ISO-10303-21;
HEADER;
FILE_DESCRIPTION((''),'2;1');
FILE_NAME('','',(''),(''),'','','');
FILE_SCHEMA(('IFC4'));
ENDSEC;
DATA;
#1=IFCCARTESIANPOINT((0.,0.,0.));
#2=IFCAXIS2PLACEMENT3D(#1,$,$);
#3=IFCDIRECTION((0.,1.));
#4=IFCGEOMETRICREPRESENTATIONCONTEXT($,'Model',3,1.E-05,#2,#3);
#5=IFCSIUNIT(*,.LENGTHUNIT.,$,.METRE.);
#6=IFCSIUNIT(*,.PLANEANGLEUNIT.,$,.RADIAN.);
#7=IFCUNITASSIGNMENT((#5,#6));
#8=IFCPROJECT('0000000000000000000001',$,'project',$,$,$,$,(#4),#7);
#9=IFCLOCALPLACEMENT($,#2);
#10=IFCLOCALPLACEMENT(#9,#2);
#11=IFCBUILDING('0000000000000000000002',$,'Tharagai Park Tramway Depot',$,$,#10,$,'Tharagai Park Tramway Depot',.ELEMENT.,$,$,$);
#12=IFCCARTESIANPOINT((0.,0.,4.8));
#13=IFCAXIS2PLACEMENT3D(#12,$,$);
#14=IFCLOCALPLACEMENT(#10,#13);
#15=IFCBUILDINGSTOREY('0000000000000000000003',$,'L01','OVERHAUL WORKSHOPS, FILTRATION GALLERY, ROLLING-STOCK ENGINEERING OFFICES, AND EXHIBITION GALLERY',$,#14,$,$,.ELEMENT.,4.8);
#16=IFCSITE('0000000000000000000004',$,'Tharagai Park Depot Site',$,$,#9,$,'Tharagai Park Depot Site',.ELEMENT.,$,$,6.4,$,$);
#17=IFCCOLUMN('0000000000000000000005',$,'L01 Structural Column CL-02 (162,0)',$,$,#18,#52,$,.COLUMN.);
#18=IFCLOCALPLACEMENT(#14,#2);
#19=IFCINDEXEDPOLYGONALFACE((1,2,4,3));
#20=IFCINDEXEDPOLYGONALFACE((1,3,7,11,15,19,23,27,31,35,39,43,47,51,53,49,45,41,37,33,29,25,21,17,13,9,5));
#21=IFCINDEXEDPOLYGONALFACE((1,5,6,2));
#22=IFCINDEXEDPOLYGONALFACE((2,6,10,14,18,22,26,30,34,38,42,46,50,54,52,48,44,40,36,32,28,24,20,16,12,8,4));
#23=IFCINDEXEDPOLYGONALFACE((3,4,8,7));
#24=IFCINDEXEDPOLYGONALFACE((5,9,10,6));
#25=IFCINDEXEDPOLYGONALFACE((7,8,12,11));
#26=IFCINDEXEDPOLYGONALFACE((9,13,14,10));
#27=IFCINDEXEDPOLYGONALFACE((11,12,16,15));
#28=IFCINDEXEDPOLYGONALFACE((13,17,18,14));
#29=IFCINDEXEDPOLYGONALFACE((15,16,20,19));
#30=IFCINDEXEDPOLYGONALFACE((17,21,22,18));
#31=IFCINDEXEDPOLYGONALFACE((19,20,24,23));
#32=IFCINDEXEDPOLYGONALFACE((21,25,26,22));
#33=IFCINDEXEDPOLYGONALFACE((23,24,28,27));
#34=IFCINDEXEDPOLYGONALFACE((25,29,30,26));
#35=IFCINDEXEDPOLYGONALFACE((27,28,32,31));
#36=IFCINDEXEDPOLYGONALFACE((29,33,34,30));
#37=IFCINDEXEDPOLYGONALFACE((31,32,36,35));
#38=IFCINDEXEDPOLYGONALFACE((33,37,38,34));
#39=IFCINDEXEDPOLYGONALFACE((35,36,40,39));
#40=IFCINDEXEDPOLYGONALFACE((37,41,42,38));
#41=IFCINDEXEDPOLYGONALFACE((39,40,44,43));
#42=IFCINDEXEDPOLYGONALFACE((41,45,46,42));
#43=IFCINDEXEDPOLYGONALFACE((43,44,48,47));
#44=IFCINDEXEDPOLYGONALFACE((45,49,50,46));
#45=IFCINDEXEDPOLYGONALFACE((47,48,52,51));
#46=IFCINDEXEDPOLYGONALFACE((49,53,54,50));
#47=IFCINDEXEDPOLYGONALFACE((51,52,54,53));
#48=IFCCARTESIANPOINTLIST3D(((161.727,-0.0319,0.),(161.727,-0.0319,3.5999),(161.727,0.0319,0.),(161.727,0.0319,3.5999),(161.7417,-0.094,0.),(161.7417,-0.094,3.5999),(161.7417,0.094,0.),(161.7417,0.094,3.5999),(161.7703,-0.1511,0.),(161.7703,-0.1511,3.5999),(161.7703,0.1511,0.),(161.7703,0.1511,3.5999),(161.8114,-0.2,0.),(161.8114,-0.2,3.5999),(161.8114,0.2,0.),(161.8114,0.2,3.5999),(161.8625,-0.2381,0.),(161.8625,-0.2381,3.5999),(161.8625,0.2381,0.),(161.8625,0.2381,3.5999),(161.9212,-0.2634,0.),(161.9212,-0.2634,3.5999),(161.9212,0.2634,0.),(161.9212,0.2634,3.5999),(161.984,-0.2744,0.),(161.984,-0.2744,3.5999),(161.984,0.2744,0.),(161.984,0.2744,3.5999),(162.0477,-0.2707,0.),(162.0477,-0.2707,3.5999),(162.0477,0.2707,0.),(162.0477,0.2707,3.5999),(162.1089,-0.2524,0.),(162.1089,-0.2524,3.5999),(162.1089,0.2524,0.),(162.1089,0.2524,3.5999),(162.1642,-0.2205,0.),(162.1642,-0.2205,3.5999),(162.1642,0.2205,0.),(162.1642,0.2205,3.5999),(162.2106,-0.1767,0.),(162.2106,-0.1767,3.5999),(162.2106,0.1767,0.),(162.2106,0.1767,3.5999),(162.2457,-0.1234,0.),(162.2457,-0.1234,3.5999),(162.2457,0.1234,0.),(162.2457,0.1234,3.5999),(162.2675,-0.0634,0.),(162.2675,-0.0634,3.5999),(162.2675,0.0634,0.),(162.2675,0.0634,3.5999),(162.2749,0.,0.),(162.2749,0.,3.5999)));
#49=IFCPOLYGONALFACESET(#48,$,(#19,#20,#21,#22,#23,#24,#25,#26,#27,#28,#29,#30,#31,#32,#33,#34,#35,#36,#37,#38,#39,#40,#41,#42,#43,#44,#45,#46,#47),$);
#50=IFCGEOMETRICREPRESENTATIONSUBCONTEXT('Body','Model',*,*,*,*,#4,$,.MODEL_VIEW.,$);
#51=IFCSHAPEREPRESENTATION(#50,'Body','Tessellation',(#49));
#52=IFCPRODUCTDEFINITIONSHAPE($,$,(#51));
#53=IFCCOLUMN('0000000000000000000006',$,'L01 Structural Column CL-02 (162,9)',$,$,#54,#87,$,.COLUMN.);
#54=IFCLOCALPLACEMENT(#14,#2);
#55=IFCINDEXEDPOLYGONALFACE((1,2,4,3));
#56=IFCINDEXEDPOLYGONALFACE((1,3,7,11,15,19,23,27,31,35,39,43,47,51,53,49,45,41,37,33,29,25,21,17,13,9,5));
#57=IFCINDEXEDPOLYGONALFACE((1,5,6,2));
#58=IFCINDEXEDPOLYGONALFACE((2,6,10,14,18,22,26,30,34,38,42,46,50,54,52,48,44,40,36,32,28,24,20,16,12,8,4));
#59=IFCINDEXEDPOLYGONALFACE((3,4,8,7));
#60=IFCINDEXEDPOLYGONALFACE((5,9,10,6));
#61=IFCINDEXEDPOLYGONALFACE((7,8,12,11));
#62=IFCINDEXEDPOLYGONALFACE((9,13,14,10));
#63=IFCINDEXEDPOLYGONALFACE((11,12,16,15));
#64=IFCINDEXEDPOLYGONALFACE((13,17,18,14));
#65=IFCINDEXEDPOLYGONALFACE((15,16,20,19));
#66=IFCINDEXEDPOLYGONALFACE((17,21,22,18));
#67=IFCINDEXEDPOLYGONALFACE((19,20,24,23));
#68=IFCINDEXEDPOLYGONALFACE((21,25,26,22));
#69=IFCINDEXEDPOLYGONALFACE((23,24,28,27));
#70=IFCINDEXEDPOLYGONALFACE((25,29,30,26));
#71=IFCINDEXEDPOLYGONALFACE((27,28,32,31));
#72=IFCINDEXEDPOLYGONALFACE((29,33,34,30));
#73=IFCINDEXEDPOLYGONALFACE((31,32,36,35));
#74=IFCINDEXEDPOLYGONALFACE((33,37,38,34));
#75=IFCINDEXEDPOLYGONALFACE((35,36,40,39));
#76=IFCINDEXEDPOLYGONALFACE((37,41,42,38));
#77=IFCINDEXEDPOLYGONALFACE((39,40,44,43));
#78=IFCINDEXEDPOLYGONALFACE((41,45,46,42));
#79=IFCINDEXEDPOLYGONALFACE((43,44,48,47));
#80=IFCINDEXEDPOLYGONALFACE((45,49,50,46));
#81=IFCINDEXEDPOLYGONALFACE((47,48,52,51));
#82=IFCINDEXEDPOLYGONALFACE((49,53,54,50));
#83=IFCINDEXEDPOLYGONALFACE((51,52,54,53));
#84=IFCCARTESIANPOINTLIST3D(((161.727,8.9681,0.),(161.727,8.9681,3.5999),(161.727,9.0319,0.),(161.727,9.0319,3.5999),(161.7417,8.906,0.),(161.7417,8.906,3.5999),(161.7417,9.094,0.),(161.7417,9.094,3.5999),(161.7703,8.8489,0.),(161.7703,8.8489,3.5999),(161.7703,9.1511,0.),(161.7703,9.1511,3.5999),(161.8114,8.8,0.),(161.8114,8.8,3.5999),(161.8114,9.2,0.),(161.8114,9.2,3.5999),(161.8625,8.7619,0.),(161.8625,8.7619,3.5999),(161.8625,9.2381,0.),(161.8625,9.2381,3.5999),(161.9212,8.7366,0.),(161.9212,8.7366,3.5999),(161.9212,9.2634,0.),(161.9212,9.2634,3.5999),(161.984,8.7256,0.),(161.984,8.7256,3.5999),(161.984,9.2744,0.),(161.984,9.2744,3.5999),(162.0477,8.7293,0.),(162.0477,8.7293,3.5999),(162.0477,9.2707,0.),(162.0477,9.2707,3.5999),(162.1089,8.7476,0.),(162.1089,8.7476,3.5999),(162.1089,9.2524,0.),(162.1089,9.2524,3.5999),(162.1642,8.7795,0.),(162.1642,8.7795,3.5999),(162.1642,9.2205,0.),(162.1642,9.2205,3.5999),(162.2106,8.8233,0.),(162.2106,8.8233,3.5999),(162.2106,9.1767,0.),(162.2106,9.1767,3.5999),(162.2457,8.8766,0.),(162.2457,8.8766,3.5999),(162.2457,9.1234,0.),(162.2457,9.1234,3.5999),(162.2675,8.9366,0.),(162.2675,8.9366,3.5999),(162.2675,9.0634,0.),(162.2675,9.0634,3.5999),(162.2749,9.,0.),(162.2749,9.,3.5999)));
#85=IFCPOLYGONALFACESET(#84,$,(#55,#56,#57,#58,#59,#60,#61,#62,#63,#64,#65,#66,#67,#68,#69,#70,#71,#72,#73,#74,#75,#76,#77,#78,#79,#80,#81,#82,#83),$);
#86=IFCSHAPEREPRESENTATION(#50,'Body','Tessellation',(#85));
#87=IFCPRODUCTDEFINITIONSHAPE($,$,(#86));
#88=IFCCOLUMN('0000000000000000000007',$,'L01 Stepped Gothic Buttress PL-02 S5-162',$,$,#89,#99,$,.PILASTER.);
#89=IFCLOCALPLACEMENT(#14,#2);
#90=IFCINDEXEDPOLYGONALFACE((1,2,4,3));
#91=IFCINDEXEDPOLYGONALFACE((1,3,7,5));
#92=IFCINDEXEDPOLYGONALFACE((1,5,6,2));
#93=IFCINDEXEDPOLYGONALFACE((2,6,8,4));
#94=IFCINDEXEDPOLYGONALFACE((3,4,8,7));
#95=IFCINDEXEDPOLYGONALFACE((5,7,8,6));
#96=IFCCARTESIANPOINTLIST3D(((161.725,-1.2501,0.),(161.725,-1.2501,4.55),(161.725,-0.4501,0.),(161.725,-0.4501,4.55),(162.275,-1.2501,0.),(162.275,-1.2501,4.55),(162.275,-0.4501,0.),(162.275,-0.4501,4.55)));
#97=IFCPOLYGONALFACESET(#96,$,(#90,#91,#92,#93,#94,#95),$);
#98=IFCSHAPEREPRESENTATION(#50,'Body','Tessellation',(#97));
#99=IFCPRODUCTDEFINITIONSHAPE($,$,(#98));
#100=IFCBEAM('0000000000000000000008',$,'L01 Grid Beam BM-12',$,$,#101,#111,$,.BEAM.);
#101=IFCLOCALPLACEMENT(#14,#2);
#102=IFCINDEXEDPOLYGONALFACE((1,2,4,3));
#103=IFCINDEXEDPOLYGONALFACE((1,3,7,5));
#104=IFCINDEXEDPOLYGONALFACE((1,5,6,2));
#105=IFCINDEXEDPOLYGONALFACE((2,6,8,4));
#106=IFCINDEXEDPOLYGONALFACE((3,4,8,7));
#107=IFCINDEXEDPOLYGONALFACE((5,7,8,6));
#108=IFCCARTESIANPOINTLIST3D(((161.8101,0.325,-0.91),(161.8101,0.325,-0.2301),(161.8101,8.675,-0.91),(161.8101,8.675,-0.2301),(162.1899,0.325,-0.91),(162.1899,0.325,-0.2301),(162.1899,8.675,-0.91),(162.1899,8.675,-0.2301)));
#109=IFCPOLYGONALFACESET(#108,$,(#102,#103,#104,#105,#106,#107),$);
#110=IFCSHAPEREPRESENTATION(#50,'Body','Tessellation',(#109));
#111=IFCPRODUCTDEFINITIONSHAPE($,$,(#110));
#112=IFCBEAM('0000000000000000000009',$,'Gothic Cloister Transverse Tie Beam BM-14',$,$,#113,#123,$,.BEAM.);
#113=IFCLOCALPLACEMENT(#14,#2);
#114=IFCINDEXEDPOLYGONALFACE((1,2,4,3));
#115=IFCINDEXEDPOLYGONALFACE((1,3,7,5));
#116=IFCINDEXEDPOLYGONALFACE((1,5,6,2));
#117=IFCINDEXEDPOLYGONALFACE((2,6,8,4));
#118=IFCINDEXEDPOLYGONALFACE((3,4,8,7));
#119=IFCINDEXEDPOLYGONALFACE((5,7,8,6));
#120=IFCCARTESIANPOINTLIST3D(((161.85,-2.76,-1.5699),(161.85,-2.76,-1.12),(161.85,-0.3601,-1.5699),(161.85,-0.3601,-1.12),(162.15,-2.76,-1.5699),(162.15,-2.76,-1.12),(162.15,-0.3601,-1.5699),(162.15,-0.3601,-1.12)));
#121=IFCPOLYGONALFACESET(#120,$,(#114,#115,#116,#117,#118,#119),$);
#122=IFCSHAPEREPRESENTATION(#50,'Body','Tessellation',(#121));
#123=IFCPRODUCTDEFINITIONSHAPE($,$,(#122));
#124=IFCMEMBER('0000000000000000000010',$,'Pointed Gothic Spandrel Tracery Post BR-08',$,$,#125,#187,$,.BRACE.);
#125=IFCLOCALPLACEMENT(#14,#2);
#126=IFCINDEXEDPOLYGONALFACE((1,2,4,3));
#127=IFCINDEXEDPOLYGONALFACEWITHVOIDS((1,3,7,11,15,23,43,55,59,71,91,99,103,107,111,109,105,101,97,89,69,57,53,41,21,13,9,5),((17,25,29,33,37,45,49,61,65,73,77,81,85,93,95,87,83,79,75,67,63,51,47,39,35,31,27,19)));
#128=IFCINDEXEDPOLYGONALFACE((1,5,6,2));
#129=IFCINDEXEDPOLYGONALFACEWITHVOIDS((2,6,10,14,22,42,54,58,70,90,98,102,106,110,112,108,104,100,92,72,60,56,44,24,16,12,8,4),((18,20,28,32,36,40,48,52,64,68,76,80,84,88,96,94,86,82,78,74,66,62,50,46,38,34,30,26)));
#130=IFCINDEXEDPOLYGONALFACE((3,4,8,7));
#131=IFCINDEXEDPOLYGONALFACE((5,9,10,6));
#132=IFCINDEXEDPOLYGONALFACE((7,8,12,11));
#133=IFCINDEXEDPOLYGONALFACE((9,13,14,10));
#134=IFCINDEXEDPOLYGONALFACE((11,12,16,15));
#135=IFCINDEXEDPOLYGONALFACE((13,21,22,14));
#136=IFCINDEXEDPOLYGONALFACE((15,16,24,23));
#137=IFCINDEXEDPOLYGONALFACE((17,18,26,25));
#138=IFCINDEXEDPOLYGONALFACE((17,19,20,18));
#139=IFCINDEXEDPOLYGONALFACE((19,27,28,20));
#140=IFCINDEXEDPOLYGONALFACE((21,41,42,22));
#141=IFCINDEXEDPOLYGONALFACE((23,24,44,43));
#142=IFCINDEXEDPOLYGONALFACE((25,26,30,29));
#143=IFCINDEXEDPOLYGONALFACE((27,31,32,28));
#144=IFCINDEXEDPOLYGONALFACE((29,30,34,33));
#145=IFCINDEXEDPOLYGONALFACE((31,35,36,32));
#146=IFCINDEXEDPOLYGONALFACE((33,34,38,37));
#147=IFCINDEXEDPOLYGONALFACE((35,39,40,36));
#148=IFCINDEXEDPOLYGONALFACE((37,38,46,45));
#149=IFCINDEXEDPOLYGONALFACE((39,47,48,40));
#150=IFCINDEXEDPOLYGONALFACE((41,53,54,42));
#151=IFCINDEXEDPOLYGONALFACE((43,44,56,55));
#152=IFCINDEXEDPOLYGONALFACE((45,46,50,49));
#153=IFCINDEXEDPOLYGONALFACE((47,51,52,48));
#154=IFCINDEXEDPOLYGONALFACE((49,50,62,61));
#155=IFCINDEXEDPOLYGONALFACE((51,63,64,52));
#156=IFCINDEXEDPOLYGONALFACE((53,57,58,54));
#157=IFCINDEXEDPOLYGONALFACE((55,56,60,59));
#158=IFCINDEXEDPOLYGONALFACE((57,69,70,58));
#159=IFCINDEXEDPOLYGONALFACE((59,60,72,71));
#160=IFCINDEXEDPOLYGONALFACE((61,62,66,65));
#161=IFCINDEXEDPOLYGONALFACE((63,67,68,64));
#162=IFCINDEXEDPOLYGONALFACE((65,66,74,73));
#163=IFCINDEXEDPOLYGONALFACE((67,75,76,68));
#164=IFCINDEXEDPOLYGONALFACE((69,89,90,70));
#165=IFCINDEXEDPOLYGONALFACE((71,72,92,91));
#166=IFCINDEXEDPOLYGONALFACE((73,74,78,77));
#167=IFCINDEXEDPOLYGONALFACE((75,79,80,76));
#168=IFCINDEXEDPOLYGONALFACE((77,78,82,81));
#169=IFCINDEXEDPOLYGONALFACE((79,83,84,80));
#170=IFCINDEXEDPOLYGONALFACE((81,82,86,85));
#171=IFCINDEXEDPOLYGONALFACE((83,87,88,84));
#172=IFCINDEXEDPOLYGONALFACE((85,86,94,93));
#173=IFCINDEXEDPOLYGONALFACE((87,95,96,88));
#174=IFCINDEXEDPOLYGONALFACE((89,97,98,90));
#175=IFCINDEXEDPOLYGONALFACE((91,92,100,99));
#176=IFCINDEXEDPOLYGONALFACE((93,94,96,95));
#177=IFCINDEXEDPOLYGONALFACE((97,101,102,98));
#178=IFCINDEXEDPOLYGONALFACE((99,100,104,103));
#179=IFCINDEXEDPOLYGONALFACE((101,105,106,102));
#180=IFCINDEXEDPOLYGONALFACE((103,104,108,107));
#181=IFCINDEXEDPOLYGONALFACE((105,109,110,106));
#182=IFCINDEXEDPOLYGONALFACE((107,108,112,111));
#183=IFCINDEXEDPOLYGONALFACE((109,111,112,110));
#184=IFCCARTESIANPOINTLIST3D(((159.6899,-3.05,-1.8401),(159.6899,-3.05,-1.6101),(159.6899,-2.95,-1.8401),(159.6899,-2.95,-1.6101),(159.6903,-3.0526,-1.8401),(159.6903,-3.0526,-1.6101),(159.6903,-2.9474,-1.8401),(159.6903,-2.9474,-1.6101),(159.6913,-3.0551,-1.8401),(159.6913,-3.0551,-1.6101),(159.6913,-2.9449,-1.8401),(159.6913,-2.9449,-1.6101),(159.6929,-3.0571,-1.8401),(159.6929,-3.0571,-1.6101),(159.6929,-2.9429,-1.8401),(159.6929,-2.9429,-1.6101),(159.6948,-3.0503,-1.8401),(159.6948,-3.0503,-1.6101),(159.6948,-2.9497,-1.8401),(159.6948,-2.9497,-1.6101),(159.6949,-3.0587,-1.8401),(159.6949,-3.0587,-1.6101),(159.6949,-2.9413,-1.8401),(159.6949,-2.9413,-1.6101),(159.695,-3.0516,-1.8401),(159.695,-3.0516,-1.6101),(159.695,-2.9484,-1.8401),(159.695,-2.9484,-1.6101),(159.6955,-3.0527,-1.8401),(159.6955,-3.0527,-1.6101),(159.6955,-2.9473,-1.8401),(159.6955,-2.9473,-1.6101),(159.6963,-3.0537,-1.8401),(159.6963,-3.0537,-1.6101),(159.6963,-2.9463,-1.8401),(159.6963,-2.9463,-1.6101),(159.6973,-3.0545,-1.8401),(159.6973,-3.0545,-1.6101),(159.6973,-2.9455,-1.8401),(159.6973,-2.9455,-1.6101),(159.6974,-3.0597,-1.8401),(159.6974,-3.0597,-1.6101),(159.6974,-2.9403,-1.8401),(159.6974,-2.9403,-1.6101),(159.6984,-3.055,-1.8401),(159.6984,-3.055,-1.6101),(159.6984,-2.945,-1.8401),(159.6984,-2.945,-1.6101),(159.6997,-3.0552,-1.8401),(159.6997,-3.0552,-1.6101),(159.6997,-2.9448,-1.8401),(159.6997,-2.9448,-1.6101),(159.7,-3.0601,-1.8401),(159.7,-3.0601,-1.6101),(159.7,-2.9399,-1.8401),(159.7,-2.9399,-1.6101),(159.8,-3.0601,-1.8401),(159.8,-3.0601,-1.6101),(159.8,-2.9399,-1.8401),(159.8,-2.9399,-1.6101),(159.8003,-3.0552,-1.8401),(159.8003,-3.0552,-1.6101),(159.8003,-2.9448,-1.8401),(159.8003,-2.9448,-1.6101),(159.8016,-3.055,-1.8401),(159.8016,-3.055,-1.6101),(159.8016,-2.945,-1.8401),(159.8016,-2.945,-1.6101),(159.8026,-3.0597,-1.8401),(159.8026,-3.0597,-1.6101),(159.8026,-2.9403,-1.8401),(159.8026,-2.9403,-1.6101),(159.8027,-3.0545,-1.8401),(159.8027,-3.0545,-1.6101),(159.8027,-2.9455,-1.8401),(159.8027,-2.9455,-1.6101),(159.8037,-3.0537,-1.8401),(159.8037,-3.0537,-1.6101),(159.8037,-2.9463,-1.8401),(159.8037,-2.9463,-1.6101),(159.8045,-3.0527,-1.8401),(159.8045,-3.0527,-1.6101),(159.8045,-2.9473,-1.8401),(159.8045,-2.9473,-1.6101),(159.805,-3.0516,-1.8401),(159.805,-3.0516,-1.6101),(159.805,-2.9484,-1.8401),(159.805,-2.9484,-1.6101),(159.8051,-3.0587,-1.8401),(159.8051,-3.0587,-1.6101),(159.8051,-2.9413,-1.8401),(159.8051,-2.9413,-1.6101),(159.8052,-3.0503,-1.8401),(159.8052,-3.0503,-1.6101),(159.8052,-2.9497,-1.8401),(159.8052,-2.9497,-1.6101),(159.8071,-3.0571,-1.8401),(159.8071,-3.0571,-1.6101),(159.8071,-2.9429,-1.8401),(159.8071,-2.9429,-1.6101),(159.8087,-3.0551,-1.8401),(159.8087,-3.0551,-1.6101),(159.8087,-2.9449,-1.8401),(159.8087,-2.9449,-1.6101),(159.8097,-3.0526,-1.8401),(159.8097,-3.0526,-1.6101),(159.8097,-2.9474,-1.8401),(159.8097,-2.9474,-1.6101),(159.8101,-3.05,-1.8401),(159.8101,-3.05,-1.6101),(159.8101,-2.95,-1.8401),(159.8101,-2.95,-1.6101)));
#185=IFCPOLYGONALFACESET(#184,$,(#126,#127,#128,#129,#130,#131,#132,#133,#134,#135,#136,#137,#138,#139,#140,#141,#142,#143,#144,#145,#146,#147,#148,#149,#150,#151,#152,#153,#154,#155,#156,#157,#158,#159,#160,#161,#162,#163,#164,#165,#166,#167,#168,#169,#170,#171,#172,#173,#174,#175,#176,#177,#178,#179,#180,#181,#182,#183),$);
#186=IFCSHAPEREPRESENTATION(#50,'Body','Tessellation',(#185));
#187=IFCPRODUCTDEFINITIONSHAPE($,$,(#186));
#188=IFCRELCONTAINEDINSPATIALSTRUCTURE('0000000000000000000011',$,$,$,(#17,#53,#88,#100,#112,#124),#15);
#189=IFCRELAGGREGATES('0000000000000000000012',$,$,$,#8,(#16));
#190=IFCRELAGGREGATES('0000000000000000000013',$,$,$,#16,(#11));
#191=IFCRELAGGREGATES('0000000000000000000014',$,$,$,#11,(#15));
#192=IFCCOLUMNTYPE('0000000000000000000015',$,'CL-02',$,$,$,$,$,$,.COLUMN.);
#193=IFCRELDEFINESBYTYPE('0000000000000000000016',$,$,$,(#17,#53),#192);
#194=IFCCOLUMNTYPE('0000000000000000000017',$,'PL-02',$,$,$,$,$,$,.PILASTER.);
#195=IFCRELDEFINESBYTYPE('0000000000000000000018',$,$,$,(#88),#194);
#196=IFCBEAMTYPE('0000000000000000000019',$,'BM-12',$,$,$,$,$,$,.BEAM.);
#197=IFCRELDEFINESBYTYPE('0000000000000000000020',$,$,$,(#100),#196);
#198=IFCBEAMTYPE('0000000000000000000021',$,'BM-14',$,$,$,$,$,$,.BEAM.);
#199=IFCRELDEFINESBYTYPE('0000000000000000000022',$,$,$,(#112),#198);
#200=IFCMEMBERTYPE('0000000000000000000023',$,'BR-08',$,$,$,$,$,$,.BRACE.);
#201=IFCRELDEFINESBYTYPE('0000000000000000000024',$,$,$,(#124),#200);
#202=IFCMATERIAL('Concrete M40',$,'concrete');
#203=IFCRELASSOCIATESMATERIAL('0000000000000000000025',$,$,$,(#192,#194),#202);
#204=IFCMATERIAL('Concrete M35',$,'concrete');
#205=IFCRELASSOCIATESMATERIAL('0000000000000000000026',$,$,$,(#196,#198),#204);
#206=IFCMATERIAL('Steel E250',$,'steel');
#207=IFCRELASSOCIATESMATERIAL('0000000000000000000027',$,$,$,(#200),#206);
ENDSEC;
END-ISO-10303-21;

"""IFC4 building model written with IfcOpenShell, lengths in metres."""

from ifc_helpers import new_model, si_unit, direction, frame, origin, origin_2d, place, context, subcontext, project, spatial, rectangle, hollow_rectangle, circle, extrude, material, material_profile, profile_set, type_object, element, save


model = new_model("IFC4")

# Units and contexts
model_context = context("Model", 3, precision=1e-05, world=origin(), true_north=direction((0.0, 1.0)))
body_context = subcontext(model_context, "Body", "Model", "MODEL_VIEW")
ifc_project = project(units=[si_unit("LENGTHUNIT", "METRE"), si_unit("PLANEANGLEUNIT", "RADIAN")], contexts=[model_context])

# Site, building, storey
site_placement = place(None, origin())
site = spatial("IfcSite", under=ifc_project, at=site_placement, Name="Tharagai Park Depot Site", LongName="Tharagai Park Depot Site", CompositionType="ELEMENT", RefElevation=6.4)
building_placement = place(site_placement, origin())
building = spatial("IfcBuilding", under=site, at=building_placement, Name="Tharagai Park Tramway Depot", LongName="Tharagai Park Tramway Depot", CompositionType="ELEMENT")
storey_placement = place(building_placement, frame((0.0, 0.0, 4.8)))
storey = spatial("IfcBuildingStorey", under=building, at=storey_placement, Name="L01", Description="OVERHAUL WORKSHOPS, FILTRATION GALLERY, ROLLING-STOCK ENGINEERING OFFICES, AND EXHIBITION GALLERY", CompositionType="ELEMENT", Elevation=4.8)

# Columns
ifc_material_1 = material(Name="Concrete M40", Category="concrete")
ifc_material_profile_1 = material_profile(ifc_material_1, circle(Radius=0.2749, at=origin_2d()), Name="RC D550")
ifc_profile_set_1 = profile_set([ifc_material_profile_1], Name="Concrete M40")
column_type_1 = type_object("IfcColumnType", Name="CL-02", PredefinedType="COLUMN", material=ifc_profile_set_1)
for number, where, z_axis, x_axis, name in (
    (1, (162.0, 0.0, 0.0), (0.0, 0.0, 1.0), (1.0, 0.0, 0.0), "L01 Structural Column CL-02 (162,0)"),
    (2, (162.0, 9.0, 0.0), (0.0, 0.0, 1.0), (1.0, 0.0, 0.0), "L01 Structural Column CL-02 (162,9)"),
):
    element("IfcColumn", number, at=place(storey_placement, frame(where, z_axis=z_axis, x_axis=x_axis)), inside=storey, type_object=column_type_1, Name=name, PredefinedType="COLUMN", context=body_context, shape_type="SweptSolid", body=[
        extrude(circle(Radius=0.2749, at=origin_2d()), origin(), (0.0, 0.0, 1.0), 3.5999),
    ])
ifc_material_profile_2 = material_profile(ifc_material_1, rectangle(XDim=0.55, YDim=0.8, at=origin_2d()), Name="RC 550x800")
ifc_profile_set_2 = profile_set([ifc_material_profile_2], Name="Concrete M40")
column_type_2 = type_object("IfcColumnType", Name="PL-02", PredefinedType="PILASTER", material=ifc_profile_set_2)
column_placement = place(storey_placement, frame((162.0, -0.8501, 0.0), z_axis=(0.0, 0.0, 1.0), x_axis=(1.0, 0.0, 0.0)))
element("IfcColumn", 3, at=column_placement, inside=storey, type_object=column_type_2, Name="L01 Stepped Gothic Buttress PL-02 S5-162", PredefinedType="PILASTER", context=body_context, shape_type="SweptSolid", body=[
    extrude(rectangle(XDim=0.55, YDim=0.8, at=origin_2d()), origin(), (0.0, 0.0, 1.0), 4.55),
])

# Beams
ifc_material_2 = material(Name="Concrete M35", Category="concrete")
ifc_material_profile_3 = material_profile(ifc_material_2, rectangle(XDim=0.3799, YDim=0.6799, at=origin_2d()), Name="RC 380x680")
ifc_profile_set_3 = profile_set([ifc_material_profile_3], Name="Concrete M35")
beam_type_1 = type_object("IfcBeamType", Name="BM-12", PredefinedType="BEAM", material=ifc_profile_set_3)
beam_1_placement = place(storey_placement, frame((162.0, 0.325, -0.5701), z_axis=(0.0, 1.0, 0.0), x_axis=(-1.0, 0.0, 0.0)))
element("IfcBeam", 4, at=beam_1_placement, inside=storey, type_object=beam_type_1, Name="L01 Grid Beam BM-12", PredefinedType="BEAM", context=body_context, shape_type="SweptSolid", body=[
    extrude(rectangle(XDim=0.3799, YDim=0.6799, at=origin_2d()), origin(), (0.0, 0.0, 1.0), 8.3501),
])
ifc_material_profile_4 = material_profile(ifc_material_2, rectangle(XDim=0.3, YDim=0.45, at=origin_2d()), Name="RC 300x450")
ifc_profile_set_4 = profile_set([ifc_material_profile_4], Name="Concrete M35")
beam_type_2 = type_object("IfcBeamType", Name="BM-14", PredefinedType="BEAM", material=ifc_profile_set_4)
beam_2_placement = place(storey_placement, frame((162.0, -2.76, -1.345), z_axis=(0.0, 1.0, 0.0), x_axis=(-1.0, 0.0, 0.0)))
element("IfcBeam", 5, at=beam_2_placement, inside=storey, type_object=beam_type_2, Name="Gothic Cloister Transverse Tie Beam BM-14", PredefinedType="BEAM", context=body_context, shape_type="SweptSolid", body=[
    extrude(rectangle(XDim=0.3, YDim=0.45, at=origin_2d()), origin(), (0.0, 0.0, 1.0), 2.3999),
])

# Member
ifc_material_3 = material(Name="Steel E250", Category="steel")
ifc_material_profile_5 = material_profile(ifc_material_3, hollow_rectangle(XDim=0.1201, YDim=0.1201, WallThickness=0.0049, InnerFilletRadius=0.0049, OuterFilletRadius=0.01, at=origin_2d()), Name="SHS 120x120x5")
ifc_profile_set_5 = profile_set([ifc_material_profile_5], Name="Steel E250")
member_type_1 = type_object("IfcMemberType", Name="BR-08", PredefinedType="BRACE", material=ifc_profile_set_5)
member_1_placement = place(storey_placement, frame((159.75, -3.0, -1.8401), z_axis=(0.0, 0.0, 1.0), x_axis=(1.0, 0.0, 0.0)))
element("IfcMember", 6, at=member_1_placement, inside=storey, type_object=member_type_1, Name="Pointed Gothic Spandrel Tracery Post BR-08", PredefinedType="BRACE", context=body_context, shape_type="SweptSolid", body=[
    extrude(hollow_rectangle(XDim=0.1201, YDim=0.1201, WallThickness=0.0049, InnerFilletRadius=0.0049, OuterFilletRadius=0.01, at=origin_2d()), origin(), (0.0, 0.0, 1.0), 0.23),
])

save(model, "model.ifc")
